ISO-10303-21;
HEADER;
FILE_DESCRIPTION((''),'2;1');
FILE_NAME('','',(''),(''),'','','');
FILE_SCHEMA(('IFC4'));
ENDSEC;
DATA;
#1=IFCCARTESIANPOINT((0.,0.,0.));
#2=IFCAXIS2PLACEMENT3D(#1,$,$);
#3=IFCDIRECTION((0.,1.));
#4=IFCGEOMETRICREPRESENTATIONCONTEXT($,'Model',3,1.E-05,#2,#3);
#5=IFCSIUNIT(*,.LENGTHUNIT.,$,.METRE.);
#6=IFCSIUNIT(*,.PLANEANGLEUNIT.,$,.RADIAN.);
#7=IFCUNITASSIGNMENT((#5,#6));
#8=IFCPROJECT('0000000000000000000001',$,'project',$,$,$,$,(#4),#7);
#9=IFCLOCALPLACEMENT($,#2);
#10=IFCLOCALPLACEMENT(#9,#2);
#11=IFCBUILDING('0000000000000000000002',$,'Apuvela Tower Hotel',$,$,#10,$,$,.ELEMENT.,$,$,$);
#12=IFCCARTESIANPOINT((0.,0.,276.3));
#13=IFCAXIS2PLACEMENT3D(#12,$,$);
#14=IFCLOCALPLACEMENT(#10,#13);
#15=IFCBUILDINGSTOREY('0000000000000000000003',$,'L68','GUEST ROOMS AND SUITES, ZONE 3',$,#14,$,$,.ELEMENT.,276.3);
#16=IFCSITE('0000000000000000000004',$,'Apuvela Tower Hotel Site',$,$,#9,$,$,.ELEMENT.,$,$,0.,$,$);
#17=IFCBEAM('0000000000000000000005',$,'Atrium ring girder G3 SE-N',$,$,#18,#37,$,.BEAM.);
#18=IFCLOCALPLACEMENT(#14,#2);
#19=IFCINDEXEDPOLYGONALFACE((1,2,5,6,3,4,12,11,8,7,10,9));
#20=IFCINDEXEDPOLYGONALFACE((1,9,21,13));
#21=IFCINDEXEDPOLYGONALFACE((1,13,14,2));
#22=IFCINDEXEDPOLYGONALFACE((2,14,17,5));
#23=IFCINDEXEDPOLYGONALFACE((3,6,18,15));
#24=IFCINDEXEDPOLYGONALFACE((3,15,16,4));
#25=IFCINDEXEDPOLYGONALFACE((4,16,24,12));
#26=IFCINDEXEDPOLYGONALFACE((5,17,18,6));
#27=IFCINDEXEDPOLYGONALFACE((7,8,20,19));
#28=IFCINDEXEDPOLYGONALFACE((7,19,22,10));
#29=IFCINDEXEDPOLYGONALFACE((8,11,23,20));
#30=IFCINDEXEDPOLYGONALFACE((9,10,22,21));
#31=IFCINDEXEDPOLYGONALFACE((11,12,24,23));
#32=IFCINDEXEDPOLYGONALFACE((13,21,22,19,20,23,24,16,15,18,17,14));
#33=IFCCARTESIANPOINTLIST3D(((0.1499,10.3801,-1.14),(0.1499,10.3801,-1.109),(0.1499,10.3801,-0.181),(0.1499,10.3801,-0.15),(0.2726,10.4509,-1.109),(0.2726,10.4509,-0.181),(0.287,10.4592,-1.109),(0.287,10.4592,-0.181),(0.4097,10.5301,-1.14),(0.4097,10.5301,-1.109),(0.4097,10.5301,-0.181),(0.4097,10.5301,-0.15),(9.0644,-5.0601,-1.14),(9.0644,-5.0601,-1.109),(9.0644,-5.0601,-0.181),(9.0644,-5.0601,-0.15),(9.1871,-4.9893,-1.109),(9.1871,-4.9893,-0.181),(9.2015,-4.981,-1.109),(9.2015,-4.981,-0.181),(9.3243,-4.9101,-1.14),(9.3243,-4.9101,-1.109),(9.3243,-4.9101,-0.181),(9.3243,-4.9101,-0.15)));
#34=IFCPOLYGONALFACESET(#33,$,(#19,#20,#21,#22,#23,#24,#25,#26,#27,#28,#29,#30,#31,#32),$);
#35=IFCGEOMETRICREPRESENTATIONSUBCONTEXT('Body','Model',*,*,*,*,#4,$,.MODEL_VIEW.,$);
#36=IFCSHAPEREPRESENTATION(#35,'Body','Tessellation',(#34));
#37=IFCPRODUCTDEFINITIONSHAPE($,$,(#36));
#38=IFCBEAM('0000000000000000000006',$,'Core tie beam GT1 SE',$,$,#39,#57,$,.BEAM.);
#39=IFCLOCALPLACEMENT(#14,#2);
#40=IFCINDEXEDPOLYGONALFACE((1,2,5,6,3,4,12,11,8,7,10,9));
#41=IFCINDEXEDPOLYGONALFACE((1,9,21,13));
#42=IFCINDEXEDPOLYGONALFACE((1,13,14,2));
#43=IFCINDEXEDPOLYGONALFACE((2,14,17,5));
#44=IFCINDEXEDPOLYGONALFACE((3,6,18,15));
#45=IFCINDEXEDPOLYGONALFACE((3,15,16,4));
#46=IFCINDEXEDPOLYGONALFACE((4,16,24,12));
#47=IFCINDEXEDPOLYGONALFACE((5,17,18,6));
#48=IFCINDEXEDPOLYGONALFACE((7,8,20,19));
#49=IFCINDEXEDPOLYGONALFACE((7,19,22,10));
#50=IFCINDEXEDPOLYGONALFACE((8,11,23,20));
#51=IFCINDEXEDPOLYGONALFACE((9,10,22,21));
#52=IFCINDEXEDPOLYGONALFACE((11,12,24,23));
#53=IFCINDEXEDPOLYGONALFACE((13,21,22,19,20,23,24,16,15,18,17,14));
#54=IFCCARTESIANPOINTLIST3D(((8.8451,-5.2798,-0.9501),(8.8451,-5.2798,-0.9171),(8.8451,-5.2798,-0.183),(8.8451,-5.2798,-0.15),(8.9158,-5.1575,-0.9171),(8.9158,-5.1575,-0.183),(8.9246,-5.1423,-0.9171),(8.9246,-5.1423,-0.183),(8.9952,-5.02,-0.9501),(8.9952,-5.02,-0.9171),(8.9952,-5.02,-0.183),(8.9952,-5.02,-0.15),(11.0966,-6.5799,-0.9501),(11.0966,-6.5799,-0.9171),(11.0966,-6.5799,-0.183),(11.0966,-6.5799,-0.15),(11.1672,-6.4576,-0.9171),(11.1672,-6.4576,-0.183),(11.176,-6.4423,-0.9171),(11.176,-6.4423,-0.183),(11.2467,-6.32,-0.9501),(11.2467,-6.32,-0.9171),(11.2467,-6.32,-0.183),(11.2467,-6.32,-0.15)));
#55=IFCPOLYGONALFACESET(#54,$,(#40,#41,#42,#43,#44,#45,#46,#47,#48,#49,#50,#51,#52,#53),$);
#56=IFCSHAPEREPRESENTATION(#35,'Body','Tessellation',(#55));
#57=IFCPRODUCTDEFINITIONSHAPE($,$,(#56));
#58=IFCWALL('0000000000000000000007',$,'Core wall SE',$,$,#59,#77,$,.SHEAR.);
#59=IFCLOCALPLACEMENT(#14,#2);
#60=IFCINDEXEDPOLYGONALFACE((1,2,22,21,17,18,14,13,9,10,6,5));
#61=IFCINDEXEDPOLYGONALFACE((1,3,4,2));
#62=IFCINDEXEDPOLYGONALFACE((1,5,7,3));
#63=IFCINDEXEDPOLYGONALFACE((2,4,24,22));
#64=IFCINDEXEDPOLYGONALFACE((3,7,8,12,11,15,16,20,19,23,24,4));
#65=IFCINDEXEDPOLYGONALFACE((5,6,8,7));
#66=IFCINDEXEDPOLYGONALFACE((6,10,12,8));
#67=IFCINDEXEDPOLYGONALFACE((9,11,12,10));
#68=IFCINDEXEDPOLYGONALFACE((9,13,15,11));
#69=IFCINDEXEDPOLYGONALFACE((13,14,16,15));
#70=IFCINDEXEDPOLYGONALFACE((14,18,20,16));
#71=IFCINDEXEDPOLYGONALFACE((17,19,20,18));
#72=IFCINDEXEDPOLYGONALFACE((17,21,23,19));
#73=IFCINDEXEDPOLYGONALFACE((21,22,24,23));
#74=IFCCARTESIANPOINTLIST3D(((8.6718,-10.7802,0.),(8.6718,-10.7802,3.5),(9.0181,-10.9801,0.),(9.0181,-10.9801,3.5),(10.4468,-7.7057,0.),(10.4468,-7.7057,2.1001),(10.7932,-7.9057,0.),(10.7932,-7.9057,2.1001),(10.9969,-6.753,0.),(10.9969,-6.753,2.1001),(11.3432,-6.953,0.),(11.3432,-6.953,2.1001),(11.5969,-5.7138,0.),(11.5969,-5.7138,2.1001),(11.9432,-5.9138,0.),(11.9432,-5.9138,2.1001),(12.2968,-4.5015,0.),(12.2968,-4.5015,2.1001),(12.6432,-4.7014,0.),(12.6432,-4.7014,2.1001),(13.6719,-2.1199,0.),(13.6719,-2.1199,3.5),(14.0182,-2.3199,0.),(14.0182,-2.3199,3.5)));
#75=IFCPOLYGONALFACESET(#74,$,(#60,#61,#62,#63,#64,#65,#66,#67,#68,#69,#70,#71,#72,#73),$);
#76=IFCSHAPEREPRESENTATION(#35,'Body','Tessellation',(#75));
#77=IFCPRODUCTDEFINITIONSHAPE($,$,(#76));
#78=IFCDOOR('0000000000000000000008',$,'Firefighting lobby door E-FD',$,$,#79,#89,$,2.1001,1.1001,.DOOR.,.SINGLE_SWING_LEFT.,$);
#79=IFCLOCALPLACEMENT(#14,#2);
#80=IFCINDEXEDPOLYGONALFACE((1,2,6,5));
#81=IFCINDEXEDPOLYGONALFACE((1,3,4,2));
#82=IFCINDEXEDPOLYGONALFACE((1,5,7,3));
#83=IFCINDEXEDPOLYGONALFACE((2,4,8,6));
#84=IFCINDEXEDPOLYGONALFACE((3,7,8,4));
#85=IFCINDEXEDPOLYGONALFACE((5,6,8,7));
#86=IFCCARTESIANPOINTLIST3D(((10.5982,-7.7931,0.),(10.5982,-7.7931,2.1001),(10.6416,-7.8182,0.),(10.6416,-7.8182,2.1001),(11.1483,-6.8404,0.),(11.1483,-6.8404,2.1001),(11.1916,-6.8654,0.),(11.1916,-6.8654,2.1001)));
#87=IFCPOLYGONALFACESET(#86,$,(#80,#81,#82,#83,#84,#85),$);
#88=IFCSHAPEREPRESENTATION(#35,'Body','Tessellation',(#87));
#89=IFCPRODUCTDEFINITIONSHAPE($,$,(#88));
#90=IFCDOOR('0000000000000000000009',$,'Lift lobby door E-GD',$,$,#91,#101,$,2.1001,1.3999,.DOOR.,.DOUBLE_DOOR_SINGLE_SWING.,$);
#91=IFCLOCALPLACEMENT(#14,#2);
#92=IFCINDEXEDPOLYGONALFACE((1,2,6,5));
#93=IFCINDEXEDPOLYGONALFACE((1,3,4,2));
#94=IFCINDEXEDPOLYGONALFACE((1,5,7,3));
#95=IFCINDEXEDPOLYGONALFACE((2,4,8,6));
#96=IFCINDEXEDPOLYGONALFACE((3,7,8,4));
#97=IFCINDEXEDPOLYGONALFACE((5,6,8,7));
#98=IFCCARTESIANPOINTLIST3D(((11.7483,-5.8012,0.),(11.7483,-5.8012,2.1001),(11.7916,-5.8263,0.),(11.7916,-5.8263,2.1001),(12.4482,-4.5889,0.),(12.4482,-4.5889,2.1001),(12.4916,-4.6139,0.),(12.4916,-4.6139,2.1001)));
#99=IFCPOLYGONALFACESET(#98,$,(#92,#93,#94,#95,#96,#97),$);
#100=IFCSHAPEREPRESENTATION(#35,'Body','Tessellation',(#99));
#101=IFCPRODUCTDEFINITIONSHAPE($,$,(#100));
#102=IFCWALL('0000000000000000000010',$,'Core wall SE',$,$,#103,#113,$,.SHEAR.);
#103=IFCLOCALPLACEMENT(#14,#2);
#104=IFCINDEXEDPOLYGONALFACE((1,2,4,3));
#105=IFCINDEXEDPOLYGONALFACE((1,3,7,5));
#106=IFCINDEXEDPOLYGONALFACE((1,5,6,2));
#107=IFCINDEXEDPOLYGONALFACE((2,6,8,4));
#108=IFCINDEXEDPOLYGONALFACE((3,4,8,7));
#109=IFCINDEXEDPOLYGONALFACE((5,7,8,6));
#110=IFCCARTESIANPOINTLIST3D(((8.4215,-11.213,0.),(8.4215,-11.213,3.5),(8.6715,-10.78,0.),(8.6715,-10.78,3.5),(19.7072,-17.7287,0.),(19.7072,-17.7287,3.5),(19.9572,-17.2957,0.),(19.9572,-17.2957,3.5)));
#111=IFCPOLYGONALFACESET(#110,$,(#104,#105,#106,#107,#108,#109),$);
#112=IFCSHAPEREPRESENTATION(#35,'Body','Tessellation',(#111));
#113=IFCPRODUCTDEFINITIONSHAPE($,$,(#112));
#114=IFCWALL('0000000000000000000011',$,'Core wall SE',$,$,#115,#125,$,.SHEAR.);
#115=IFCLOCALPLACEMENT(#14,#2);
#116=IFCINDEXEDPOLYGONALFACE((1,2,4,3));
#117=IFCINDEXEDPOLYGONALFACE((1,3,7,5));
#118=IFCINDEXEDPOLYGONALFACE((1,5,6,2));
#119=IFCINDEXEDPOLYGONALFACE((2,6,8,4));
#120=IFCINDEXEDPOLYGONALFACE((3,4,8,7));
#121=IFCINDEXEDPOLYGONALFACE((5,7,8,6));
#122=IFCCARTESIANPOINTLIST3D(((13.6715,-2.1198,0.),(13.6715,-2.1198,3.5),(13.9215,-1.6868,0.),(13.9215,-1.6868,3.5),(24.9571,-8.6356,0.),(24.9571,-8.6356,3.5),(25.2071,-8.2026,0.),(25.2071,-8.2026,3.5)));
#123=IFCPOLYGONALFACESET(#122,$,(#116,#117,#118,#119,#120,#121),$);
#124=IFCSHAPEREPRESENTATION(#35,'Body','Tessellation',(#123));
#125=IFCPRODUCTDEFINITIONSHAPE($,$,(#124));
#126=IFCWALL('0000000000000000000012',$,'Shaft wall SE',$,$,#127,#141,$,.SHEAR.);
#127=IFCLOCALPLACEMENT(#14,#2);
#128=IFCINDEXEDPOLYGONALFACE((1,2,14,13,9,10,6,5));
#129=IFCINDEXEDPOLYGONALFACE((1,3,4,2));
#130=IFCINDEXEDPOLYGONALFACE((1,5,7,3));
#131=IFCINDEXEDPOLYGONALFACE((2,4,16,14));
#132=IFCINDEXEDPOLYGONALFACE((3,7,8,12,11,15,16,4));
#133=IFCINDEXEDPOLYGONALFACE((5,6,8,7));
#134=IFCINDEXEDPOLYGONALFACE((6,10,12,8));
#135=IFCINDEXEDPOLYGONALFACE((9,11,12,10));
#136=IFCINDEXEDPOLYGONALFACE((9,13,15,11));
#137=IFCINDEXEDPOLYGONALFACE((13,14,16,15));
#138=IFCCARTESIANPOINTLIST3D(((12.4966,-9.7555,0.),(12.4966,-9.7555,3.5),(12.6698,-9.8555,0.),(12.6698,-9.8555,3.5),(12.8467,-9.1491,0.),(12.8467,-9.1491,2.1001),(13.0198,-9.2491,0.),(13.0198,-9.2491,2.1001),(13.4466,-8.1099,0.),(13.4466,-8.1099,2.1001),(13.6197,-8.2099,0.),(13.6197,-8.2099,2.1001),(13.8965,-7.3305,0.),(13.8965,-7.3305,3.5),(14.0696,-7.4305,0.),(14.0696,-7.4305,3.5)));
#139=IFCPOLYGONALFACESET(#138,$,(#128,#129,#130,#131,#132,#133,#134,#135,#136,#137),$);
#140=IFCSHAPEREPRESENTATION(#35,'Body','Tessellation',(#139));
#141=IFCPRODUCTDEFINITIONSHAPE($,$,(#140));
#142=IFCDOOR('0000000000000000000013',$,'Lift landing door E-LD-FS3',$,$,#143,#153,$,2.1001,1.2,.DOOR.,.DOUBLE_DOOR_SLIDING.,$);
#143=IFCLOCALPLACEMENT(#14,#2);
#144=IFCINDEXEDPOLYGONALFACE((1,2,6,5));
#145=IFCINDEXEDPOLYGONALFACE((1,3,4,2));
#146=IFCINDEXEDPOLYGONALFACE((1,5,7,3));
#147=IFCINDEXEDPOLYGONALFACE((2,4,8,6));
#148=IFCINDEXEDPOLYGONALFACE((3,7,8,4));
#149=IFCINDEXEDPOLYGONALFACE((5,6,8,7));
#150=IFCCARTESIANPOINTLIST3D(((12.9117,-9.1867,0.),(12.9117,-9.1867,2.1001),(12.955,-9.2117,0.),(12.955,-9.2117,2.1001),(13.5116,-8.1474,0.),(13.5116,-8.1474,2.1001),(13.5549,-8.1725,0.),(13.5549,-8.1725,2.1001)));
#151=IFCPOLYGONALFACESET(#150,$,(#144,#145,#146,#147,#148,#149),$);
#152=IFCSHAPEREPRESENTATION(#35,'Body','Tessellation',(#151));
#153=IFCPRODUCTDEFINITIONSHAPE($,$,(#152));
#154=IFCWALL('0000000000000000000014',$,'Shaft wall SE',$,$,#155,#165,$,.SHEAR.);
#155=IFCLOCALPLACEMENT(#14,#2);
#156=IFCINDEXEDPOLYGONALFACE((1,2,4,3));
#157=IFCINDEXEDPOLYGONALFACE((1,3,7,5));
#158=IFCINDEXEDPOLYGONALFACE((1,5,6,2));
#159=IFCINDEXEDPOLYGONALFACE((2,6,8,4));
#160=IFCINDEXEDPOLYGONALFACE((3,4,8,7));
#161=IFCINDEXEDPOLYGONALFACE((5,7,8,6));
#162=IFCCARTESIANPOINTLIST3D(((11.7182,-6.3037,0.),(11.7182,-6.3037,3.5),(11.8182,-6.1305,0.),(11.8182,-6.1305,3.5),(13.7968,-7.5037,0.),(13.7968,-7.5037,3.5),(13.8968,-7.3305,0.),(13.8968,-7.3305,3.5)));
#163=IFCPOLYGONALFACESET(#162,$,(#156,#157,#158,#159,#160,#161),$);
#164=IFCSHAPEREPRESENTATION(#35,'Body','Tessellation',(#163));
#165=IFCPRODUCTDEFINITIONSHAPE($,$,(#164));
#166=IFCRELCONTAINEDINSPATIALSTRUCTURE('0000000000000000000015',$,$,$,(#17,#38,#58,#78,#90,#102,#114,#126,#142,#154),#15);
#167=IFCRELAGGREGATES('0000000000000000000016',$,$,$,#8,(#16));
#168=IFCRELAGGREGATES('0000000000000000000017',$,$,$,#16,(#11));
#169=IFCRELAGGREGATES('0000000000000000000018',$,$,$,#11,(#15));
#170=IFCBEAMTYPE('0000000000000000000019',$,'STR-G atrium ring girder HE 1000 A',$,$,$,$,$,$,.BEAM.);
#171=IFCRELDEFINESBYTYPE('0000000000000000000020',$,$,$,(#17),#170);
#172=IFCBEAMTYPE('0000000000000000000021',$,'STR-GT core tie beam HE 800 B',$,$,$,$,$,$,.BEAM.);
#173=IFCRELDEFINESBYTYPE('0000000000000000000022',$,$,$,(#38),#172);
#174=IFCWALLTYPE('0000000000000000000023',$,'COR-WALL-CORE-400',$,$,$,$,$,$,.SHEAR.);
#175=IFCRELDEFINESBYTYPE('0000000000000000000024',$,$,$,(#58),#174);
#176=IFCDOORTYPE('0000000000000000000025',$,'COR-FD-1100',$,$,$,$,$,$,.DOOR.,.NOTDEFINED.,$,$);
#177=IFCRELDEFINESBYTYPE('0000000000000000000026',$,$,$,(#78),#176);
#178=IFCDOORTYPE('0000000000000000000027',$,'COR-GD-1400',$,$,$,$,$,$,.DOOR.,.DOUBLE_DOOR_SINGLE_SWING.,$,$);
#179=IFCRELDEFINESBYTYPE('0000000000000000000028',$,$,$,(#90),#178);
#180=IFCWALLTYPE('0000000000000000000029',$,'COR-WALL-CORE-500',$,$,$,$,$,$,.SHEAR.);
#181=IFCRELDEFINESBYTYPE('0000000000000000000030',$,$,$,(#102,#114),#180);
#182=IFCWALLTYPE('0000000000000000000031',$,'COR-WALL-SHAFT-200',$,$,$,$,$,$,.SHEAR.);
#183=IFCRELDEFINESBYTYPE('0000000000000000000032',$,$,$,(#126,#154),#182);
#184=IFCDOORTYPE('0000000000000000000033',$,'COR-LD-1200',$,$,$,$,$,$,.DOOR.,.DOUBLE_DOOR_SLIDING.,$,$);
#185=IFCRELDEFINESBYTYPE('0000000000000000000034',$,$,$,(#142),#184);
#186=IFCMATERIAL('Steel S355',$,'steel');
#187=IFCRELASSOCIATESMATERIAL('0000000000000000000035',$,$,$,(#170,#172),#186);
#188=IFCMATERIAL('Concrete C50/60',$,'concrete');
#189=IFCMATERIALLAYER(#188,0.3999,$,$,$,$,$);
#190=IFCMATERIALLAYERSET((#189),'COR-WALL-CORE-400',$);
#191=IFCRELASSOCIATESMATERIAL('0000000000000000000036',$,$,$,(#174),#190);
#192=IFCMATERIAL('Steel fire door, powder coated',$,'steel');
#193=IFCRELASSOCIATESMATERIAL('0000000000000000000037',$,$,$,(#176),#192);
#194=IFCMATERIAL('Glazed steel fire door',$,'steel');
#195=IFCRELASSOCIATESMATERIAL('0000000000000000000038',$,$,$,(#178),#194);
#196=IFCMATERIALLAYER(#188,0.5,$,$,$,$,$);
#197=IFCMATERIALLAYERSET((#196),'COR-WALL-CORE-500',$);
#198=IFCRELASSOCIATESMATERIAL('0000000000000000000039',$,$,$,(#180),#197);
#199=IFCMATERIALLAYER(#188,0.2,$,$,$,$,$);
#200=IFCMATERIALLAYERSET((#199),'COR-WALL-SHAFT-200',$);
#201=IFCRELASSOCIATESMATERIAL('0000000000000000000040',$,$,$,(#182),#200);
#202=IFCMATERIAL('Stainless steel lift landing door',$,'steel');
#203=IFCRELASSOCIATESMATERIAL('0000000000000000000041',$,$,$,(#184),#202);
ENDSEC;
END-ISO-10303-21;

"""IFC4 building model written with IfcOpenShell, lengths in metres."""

from ifc_helpers import new_model, si_unit, direction, frame, frame_2d, origin, origin_2d, place, context, subcontext, project, spatial, rectangle, i_section, extrude, material, layer, layer_set, material_profile, profile_set, type_object, element, fill, save


model = new_model("IFC4")

# Units and contexts
model_context = context("Model", 3, precision=1e-05, world=origin(), true_north=direction((0.0, 1.0)))
body_context = subcontext(model_context, "Body", "Model", "MODEL_VIEW")
ifc_project = project(units=[si_unit("LENGTHUNIT", "METRE"), si_unit("PLANEANGLEUNIT", "RADIAN")], contexts=[model_context])

# Site, building, storey
site_placement = place(None, origin())
site = spatial("IfcSite", under=ifc_project, at=site_placement, Name="Apuvela Tower Hotel Site", CompositionType="ELEMENT", RefElevation=0.0)
building_placement = place(site_placement, origin())
building = spatial("IfcBuilding", under=site, at=building_placement, Name="Apuvela Tower Hotel", CompositionType="ELEMENT")
storey_placement = place(building_placement, frame((0.0, 0.0, 276.3)))
storey = spatial("IfcBuildingStorey", under=building, at=storey_placement, Name="L68", Description="GUEST ROOMS AND SUITES, ZONE 3", CompositionType="ELEMENT", Elevation=276.3)

# Beams
ifc_material_1 = material(Name="Steel S355", Category="steel")
ifc_material_profile_1 = material_profile(ifc_material_1, i_section(OverallWidth=0.3, OverallDepth=0.99, WebThickness=0.0166, FlangeThickness=0.031, at=origin_2d()), Name="HE 1000 A")
ifc_profile_set_1 = profile_set([ifc_material_profile_1], Name="Steel S355")
beam_type_1 = type_object("IfcBeamType", Name="STR-G atrium ring girder HE 1000 A", PredefinedType="BEAM", material=ifc_profile_set_1)
beam_1_placement = place(storey_placement, frame((9.1943, -4.9851, -0.645), z_axis=(-0.500007, 0.866022, 0.0), x_axis=(-0.866022, -0.500007, 0.0)))
element("IfcBeam", 1, at=beam_1_placement, inside=storey, type_object=beam_type_1, Name="Atrium ring girder G3 SE-N", PredefinedType="BEAM", context=body_context, shape_type="SweptSolid", body=[
    extrude(i_section(OverallWidth=0.3, OverallDepth=0.99, WebThickness=0.0166, FlangeThickness=0.031, at=origin_2d()), origin(), (0.0, 0.0, 1.0), 17.8289),
])
ifc_material_profile_2 = material_profile(ifc_material_1, i_section(OverallWidth=0.3, OverallDepth=0.8, WebThickness=0.0176, FlangeThickness=0.033, at=origin_2d()), Name="HE 800 B")
ifc_profile_set_2 = profile_set([ifc_material_profile_2], Name="Steel S355")
beam_type_2 = type_object("IfcBeamType", Name="STR-GT core tie beam HE 800 B", PredefinedType="BEAM", material=ifc_profile_set_2)
beam_2_placement = place(storey_placement, frame((11.1716, -6.45, -0.55), z_axis=(-0.865998, 0.500048, 0.0), x_axis=(-0.500048, -0.865998, 0.0)))
element("IfcBeam", 2, at=beam_2_placement, inside=storey, type_object=beam_type_2, Name="Core tie beam GT1 SE", PredefinedType="BEAM", context=body_context, shape_type="SweptSolid", body=[
    extrude(i_section(OverallWidth=0.3, OverallDepth=0.8, WebThickness=0.0176, FlangeThickness=0.033, at=origin_2d()), origin(), (0.0, 0.0, 1.0), 2.5999),
])

# Wall, openings, doors
ifc_material_2 = material(Name="Concrete C50/60", Category="concrete")
ifc_layer_1 = layer(ifc_material_2, 0.3999)
ifc_layer_set_1 = layer_set([ifc_layer_1], Name="COR-WALL-CORE-400")
wall_type_1 = type_object("IfcWallType", Name="COR-WALL-CORE-400", PredefinedType="SHEAR", material=ifc_layer_set_1)
wall_1_placement = place(storey_placement, frame((8.845, -10.8801, 0.0), z_axis=(0.0, 0.0, 1.0), x_axis=(0.500004, 0.866023, 0.0)))
wall_1 = element("IfcWall", 3, at=wall_1_placement, inside=storey, type_object=wall_type_1, Name="Core wall SE", PredefinedType="SHEAR", context=body_context, shape_type="SweptSolid", body=[
    extrude(rectangle(XDim=10.0, YDim=0.3999, at=frame_2d((5.0, 0.0))), origin(), (0.0, 0.0, 1.0), 3.5),
])
opening_1_placement = place(wall_1_placement, frame((3.55, 0.0, 0.0)))
opening_1 = element("IfcOpeningElement", 4, at=opening_1_placement, cuts=wall_1, PredefinedType="OPENING", context=body_context, shape_type="SweptSolid", body=[
    extrude(rectangle(XDim=1.1001, YDim=2.1001, at=frame_2d((0.55, 1.05))), frame((0.0, 0.21, 0.0), z_axis=(0.0, -1.0, 0.0), x_axis=(1.0, 0.0, 0.0)), (0.0, 0.0, 1.0), 0.4199),
])
opening_2_placement = place(wall_1_placement, frame((5.8501, 0.0, 0.0)))
opening_2 = element("IfcOpeningElement", 5, at=opening_2_placement, cuts=wall_1, PredefinedType="OPENING", context=body_context, shape_type="SweptSolid", body=[
    extrude(rectangle(XDim=1.3999, YDim=2.1001, at=frame_2d((0.7, 1.05))), frame((0.0, 0.21, 0.0), z_axis=(0.0, -1.0, 0.0), x_axis=(1.0, 0.0, 0.0)), (0.0, 0.0, 1.0), 0.4199),
])
ifc_material_3 = material(Name="Steel fire door, powder coated", Category="steel")
door_type_1 = type_object("IfcDoorType", Name="COR-FD-1100", OperationType="NOTDEFINED", PredefinedType="DOOR", material=ifc_material_3)
door_1_placement = place(opening_1_placement, frame((1.1001, 0.0, 0.0), z_axis=(0.0, 0.0, 1.0), x_axis=(-1.0, 0.0, 0.0)))
door_1 = element("IfcDoor", 6, at=door_1_placement, inside=storey, type_object=door_type_1, Name="Firefighting lobby door E-FD", OperationType="SINGLE_SWING_LEFT", OverallHeight=2.1001, OverallWidth=1.1001, PredefinedType="DOOR", context=body_context, shape_type="SweptSolid", body=[
    extrude(rectangle(XDim=1.1001, YDim=2.1001, at=frame_2d((0.55, 1.05))), frame((0.0, 0.0249, 0.0), z_axis=(0.0, -1.0, 0.0), x_axis=(1.0, 0.0, 0.0)), (0.0, 0.0, 1.0), 0.05),
])
fill(opening_1, door_1)
ifc_material_4 = material(Name="Glazed steel fire door", Category="steel")
door_type_2 = type_object("IfcDoorType", Name="COR-GD-1400", OperationType="DOUBLE_DOOR_SINGLE_SWING", PredefinedType="DOOR", material=ifc_material_4)
door_2_placement = place(opening_2_placement, frame((1.3999, 0.0, 0.0), z_axis=(0.0, 0.0, 1.0), x_axis=(-1.0, 0.0, 0.0)))
door_2 = element("IfcDoor", 7, at=door_2_placement, inside=storey, type_object=door_type_2, Name="Lift lobby door E-GD", OperationType="DOUBLE_DOOR_SINGLE_SWING", OverallHeight=2.1001, OverallWidth=1.3999, PredefinedType="DOOR", context=body_context, shape_type="SweptSolid", body=[
    extrude(rectangle(XDim=1.3999, YDim=2.1001, at=frame_2d((0.7, 1.05))), frame((0.0, 0.0249, 0.0), z_axis=(0.0, -1.0, 0.0), x_axis=(1.0, 0.0, 0.0)), (0.0, 0.0, 1.0), 0.05),
])
fill(opening_2, door_2)

# Walls
ifc_layer_2 = layer(ifc_material_2, 0.5)
ifc_layer_set_2 = layer_set([ifc_layer_2], Name="COR-WALL-CORE-500")
wall_type_2 = type_object("IfcWallType", Name="COR-WALL-CORE-500", PredefinedType="SHEAR", material=ifc_layer_set_2)
for number, where, z_axis, x_axis, name in (
    (8, (8.5466, -10.9966, 0.0), (0.0, 0.0, 1.0), (0.86603, -0.499992, 0.0), "Core wall SE"),
    (9, (13.7966, -1.9033, 0.0), (0.0, 0.0, 1.0), (0.866022, -0.500006, 0.0), "Core wall SE"),
):
    element("IfcWall", number, at=place(storey_placement, frame(where, z_axis=z_axis, x_axis=x_axis)), inside=storey, type_object=wall_type_2, Name=name, PredefinedType="SHEAR", context=body_context, shape_type="SweptSolid", body=[
        extrude(rectangle(XDim=13.0315, YDim=0.5, at=frame_2d((6.5156, 0.0))), origin(), (0.0, 0.0, 1.0), 3.5),
    ])

# Wall, opening, door
ifc_layer_3 = layer(ifc_material_2, 0.2)
ifc_layer_set_3 = layer_set([ifc_layer_3], Name="COR-WALL-SHAFT-200")
wall_type_3 = type_object("IfcWallType", Name="COR-WALL-SHAFT-200", PredefinedType="SHEAR", material=ifc_layer_set_3)
wall_2_placement = place(storey_placement, frame((12.5833, -9.8054, 0.0), z_axis=(0.0, 0.0, 1.0), x_axis=(0.499946, 0.866056, 0.0)))
wall_2 = element("IfcWall", 10, at=wall_2_placement, inside=storey, type_object=wall_type_3, Name="Shaft wall SE", PredefinedType="SHEAR", context=body_context, shape_type="SweptSolid", body=[
    extrude(rectangle(XDim=2.8, YDim=0.2, at=frame_2d((1.3999, 0.0))), origin(), (0.0, 0.0, 1.0), 3.5),
])
opening_3_placement = place(wall_2_placement, frame((0.7, 0.0, 0.0)))
opening_3 = element("IfcOpeningElement", 11, at=opening_3_placement, cuts=wall_2, PredefinedType="OPENING", context=body_context, shape_type="SweptSolid", body=[
    extrude(rectangle(XDim=1.2, YDim=2.1001, at=frame_2d((0.6001, 1.05))), frame((0.0, 0.1099, 0.0), z_axis=(0.0, -1.0, 0.0), x_axis=(1.0, 0.0, 0.0)), (0.0, 0.0, 1.0), 0.22),
])
ifc_material_5 = material(Name="Stainless steel lift landing door", Category="steel")
door_type_3 = type_object("IfcDoorType", Name="COR-LD-1200", OperationType="DOUBLE_DOOR_SLIDING", PredefinedType="DOOR", material=ifc_material_5)
door_3_placement = place(opening_3_placement, origin())
door_3 = element("IfcDoor", 12, at=door_3_placement, inside=storey, type_object=door_type_3, Name="Lift landing door E-LD-FS3", OperationType="DOUBLE_DOOR_SLIDING", OverallHeight=2.1001, OverallWidth=1.2, PredefinedType="DOOR", context=body_context, shape_type="SweptSolid", body=[
    extrude(rectangle(XDim=1.2, YDim=2.1001, at=frame_2d((0.6001, 1.05))), frame((0.0, 0.0249, 0.0), z_axis=(0.0, -1.0, 0.0), x_axis=(1.0, 0.0, 0.0)), (0.0, 0.0, 1.0), 0.05),
])
fill(opening_3, door_3)

# Wall
wall_3_placement = place(storey_placement, frame((11.7681, -6.217, 0.0), z_axis=(0.0, 0.0, 1.0), x_axis=(0.86605, -0.499957, 0.0)))
element("IfcWall", 13, at=wall_3_placement, inside=storey, type_object=wall_type_3, Name="Shaft wall SE", PredefinedType="SHEAR", context=body_context, shape_type="SweptSolid", body=[
    extrude(rectangle(XDim=2.4001, YDim=0.2, at=frame_2d((1.2002, 0.0))), origin(), (0.0, 0.0, 1.0), 3.5),
])

save(model, "model.ifc")
